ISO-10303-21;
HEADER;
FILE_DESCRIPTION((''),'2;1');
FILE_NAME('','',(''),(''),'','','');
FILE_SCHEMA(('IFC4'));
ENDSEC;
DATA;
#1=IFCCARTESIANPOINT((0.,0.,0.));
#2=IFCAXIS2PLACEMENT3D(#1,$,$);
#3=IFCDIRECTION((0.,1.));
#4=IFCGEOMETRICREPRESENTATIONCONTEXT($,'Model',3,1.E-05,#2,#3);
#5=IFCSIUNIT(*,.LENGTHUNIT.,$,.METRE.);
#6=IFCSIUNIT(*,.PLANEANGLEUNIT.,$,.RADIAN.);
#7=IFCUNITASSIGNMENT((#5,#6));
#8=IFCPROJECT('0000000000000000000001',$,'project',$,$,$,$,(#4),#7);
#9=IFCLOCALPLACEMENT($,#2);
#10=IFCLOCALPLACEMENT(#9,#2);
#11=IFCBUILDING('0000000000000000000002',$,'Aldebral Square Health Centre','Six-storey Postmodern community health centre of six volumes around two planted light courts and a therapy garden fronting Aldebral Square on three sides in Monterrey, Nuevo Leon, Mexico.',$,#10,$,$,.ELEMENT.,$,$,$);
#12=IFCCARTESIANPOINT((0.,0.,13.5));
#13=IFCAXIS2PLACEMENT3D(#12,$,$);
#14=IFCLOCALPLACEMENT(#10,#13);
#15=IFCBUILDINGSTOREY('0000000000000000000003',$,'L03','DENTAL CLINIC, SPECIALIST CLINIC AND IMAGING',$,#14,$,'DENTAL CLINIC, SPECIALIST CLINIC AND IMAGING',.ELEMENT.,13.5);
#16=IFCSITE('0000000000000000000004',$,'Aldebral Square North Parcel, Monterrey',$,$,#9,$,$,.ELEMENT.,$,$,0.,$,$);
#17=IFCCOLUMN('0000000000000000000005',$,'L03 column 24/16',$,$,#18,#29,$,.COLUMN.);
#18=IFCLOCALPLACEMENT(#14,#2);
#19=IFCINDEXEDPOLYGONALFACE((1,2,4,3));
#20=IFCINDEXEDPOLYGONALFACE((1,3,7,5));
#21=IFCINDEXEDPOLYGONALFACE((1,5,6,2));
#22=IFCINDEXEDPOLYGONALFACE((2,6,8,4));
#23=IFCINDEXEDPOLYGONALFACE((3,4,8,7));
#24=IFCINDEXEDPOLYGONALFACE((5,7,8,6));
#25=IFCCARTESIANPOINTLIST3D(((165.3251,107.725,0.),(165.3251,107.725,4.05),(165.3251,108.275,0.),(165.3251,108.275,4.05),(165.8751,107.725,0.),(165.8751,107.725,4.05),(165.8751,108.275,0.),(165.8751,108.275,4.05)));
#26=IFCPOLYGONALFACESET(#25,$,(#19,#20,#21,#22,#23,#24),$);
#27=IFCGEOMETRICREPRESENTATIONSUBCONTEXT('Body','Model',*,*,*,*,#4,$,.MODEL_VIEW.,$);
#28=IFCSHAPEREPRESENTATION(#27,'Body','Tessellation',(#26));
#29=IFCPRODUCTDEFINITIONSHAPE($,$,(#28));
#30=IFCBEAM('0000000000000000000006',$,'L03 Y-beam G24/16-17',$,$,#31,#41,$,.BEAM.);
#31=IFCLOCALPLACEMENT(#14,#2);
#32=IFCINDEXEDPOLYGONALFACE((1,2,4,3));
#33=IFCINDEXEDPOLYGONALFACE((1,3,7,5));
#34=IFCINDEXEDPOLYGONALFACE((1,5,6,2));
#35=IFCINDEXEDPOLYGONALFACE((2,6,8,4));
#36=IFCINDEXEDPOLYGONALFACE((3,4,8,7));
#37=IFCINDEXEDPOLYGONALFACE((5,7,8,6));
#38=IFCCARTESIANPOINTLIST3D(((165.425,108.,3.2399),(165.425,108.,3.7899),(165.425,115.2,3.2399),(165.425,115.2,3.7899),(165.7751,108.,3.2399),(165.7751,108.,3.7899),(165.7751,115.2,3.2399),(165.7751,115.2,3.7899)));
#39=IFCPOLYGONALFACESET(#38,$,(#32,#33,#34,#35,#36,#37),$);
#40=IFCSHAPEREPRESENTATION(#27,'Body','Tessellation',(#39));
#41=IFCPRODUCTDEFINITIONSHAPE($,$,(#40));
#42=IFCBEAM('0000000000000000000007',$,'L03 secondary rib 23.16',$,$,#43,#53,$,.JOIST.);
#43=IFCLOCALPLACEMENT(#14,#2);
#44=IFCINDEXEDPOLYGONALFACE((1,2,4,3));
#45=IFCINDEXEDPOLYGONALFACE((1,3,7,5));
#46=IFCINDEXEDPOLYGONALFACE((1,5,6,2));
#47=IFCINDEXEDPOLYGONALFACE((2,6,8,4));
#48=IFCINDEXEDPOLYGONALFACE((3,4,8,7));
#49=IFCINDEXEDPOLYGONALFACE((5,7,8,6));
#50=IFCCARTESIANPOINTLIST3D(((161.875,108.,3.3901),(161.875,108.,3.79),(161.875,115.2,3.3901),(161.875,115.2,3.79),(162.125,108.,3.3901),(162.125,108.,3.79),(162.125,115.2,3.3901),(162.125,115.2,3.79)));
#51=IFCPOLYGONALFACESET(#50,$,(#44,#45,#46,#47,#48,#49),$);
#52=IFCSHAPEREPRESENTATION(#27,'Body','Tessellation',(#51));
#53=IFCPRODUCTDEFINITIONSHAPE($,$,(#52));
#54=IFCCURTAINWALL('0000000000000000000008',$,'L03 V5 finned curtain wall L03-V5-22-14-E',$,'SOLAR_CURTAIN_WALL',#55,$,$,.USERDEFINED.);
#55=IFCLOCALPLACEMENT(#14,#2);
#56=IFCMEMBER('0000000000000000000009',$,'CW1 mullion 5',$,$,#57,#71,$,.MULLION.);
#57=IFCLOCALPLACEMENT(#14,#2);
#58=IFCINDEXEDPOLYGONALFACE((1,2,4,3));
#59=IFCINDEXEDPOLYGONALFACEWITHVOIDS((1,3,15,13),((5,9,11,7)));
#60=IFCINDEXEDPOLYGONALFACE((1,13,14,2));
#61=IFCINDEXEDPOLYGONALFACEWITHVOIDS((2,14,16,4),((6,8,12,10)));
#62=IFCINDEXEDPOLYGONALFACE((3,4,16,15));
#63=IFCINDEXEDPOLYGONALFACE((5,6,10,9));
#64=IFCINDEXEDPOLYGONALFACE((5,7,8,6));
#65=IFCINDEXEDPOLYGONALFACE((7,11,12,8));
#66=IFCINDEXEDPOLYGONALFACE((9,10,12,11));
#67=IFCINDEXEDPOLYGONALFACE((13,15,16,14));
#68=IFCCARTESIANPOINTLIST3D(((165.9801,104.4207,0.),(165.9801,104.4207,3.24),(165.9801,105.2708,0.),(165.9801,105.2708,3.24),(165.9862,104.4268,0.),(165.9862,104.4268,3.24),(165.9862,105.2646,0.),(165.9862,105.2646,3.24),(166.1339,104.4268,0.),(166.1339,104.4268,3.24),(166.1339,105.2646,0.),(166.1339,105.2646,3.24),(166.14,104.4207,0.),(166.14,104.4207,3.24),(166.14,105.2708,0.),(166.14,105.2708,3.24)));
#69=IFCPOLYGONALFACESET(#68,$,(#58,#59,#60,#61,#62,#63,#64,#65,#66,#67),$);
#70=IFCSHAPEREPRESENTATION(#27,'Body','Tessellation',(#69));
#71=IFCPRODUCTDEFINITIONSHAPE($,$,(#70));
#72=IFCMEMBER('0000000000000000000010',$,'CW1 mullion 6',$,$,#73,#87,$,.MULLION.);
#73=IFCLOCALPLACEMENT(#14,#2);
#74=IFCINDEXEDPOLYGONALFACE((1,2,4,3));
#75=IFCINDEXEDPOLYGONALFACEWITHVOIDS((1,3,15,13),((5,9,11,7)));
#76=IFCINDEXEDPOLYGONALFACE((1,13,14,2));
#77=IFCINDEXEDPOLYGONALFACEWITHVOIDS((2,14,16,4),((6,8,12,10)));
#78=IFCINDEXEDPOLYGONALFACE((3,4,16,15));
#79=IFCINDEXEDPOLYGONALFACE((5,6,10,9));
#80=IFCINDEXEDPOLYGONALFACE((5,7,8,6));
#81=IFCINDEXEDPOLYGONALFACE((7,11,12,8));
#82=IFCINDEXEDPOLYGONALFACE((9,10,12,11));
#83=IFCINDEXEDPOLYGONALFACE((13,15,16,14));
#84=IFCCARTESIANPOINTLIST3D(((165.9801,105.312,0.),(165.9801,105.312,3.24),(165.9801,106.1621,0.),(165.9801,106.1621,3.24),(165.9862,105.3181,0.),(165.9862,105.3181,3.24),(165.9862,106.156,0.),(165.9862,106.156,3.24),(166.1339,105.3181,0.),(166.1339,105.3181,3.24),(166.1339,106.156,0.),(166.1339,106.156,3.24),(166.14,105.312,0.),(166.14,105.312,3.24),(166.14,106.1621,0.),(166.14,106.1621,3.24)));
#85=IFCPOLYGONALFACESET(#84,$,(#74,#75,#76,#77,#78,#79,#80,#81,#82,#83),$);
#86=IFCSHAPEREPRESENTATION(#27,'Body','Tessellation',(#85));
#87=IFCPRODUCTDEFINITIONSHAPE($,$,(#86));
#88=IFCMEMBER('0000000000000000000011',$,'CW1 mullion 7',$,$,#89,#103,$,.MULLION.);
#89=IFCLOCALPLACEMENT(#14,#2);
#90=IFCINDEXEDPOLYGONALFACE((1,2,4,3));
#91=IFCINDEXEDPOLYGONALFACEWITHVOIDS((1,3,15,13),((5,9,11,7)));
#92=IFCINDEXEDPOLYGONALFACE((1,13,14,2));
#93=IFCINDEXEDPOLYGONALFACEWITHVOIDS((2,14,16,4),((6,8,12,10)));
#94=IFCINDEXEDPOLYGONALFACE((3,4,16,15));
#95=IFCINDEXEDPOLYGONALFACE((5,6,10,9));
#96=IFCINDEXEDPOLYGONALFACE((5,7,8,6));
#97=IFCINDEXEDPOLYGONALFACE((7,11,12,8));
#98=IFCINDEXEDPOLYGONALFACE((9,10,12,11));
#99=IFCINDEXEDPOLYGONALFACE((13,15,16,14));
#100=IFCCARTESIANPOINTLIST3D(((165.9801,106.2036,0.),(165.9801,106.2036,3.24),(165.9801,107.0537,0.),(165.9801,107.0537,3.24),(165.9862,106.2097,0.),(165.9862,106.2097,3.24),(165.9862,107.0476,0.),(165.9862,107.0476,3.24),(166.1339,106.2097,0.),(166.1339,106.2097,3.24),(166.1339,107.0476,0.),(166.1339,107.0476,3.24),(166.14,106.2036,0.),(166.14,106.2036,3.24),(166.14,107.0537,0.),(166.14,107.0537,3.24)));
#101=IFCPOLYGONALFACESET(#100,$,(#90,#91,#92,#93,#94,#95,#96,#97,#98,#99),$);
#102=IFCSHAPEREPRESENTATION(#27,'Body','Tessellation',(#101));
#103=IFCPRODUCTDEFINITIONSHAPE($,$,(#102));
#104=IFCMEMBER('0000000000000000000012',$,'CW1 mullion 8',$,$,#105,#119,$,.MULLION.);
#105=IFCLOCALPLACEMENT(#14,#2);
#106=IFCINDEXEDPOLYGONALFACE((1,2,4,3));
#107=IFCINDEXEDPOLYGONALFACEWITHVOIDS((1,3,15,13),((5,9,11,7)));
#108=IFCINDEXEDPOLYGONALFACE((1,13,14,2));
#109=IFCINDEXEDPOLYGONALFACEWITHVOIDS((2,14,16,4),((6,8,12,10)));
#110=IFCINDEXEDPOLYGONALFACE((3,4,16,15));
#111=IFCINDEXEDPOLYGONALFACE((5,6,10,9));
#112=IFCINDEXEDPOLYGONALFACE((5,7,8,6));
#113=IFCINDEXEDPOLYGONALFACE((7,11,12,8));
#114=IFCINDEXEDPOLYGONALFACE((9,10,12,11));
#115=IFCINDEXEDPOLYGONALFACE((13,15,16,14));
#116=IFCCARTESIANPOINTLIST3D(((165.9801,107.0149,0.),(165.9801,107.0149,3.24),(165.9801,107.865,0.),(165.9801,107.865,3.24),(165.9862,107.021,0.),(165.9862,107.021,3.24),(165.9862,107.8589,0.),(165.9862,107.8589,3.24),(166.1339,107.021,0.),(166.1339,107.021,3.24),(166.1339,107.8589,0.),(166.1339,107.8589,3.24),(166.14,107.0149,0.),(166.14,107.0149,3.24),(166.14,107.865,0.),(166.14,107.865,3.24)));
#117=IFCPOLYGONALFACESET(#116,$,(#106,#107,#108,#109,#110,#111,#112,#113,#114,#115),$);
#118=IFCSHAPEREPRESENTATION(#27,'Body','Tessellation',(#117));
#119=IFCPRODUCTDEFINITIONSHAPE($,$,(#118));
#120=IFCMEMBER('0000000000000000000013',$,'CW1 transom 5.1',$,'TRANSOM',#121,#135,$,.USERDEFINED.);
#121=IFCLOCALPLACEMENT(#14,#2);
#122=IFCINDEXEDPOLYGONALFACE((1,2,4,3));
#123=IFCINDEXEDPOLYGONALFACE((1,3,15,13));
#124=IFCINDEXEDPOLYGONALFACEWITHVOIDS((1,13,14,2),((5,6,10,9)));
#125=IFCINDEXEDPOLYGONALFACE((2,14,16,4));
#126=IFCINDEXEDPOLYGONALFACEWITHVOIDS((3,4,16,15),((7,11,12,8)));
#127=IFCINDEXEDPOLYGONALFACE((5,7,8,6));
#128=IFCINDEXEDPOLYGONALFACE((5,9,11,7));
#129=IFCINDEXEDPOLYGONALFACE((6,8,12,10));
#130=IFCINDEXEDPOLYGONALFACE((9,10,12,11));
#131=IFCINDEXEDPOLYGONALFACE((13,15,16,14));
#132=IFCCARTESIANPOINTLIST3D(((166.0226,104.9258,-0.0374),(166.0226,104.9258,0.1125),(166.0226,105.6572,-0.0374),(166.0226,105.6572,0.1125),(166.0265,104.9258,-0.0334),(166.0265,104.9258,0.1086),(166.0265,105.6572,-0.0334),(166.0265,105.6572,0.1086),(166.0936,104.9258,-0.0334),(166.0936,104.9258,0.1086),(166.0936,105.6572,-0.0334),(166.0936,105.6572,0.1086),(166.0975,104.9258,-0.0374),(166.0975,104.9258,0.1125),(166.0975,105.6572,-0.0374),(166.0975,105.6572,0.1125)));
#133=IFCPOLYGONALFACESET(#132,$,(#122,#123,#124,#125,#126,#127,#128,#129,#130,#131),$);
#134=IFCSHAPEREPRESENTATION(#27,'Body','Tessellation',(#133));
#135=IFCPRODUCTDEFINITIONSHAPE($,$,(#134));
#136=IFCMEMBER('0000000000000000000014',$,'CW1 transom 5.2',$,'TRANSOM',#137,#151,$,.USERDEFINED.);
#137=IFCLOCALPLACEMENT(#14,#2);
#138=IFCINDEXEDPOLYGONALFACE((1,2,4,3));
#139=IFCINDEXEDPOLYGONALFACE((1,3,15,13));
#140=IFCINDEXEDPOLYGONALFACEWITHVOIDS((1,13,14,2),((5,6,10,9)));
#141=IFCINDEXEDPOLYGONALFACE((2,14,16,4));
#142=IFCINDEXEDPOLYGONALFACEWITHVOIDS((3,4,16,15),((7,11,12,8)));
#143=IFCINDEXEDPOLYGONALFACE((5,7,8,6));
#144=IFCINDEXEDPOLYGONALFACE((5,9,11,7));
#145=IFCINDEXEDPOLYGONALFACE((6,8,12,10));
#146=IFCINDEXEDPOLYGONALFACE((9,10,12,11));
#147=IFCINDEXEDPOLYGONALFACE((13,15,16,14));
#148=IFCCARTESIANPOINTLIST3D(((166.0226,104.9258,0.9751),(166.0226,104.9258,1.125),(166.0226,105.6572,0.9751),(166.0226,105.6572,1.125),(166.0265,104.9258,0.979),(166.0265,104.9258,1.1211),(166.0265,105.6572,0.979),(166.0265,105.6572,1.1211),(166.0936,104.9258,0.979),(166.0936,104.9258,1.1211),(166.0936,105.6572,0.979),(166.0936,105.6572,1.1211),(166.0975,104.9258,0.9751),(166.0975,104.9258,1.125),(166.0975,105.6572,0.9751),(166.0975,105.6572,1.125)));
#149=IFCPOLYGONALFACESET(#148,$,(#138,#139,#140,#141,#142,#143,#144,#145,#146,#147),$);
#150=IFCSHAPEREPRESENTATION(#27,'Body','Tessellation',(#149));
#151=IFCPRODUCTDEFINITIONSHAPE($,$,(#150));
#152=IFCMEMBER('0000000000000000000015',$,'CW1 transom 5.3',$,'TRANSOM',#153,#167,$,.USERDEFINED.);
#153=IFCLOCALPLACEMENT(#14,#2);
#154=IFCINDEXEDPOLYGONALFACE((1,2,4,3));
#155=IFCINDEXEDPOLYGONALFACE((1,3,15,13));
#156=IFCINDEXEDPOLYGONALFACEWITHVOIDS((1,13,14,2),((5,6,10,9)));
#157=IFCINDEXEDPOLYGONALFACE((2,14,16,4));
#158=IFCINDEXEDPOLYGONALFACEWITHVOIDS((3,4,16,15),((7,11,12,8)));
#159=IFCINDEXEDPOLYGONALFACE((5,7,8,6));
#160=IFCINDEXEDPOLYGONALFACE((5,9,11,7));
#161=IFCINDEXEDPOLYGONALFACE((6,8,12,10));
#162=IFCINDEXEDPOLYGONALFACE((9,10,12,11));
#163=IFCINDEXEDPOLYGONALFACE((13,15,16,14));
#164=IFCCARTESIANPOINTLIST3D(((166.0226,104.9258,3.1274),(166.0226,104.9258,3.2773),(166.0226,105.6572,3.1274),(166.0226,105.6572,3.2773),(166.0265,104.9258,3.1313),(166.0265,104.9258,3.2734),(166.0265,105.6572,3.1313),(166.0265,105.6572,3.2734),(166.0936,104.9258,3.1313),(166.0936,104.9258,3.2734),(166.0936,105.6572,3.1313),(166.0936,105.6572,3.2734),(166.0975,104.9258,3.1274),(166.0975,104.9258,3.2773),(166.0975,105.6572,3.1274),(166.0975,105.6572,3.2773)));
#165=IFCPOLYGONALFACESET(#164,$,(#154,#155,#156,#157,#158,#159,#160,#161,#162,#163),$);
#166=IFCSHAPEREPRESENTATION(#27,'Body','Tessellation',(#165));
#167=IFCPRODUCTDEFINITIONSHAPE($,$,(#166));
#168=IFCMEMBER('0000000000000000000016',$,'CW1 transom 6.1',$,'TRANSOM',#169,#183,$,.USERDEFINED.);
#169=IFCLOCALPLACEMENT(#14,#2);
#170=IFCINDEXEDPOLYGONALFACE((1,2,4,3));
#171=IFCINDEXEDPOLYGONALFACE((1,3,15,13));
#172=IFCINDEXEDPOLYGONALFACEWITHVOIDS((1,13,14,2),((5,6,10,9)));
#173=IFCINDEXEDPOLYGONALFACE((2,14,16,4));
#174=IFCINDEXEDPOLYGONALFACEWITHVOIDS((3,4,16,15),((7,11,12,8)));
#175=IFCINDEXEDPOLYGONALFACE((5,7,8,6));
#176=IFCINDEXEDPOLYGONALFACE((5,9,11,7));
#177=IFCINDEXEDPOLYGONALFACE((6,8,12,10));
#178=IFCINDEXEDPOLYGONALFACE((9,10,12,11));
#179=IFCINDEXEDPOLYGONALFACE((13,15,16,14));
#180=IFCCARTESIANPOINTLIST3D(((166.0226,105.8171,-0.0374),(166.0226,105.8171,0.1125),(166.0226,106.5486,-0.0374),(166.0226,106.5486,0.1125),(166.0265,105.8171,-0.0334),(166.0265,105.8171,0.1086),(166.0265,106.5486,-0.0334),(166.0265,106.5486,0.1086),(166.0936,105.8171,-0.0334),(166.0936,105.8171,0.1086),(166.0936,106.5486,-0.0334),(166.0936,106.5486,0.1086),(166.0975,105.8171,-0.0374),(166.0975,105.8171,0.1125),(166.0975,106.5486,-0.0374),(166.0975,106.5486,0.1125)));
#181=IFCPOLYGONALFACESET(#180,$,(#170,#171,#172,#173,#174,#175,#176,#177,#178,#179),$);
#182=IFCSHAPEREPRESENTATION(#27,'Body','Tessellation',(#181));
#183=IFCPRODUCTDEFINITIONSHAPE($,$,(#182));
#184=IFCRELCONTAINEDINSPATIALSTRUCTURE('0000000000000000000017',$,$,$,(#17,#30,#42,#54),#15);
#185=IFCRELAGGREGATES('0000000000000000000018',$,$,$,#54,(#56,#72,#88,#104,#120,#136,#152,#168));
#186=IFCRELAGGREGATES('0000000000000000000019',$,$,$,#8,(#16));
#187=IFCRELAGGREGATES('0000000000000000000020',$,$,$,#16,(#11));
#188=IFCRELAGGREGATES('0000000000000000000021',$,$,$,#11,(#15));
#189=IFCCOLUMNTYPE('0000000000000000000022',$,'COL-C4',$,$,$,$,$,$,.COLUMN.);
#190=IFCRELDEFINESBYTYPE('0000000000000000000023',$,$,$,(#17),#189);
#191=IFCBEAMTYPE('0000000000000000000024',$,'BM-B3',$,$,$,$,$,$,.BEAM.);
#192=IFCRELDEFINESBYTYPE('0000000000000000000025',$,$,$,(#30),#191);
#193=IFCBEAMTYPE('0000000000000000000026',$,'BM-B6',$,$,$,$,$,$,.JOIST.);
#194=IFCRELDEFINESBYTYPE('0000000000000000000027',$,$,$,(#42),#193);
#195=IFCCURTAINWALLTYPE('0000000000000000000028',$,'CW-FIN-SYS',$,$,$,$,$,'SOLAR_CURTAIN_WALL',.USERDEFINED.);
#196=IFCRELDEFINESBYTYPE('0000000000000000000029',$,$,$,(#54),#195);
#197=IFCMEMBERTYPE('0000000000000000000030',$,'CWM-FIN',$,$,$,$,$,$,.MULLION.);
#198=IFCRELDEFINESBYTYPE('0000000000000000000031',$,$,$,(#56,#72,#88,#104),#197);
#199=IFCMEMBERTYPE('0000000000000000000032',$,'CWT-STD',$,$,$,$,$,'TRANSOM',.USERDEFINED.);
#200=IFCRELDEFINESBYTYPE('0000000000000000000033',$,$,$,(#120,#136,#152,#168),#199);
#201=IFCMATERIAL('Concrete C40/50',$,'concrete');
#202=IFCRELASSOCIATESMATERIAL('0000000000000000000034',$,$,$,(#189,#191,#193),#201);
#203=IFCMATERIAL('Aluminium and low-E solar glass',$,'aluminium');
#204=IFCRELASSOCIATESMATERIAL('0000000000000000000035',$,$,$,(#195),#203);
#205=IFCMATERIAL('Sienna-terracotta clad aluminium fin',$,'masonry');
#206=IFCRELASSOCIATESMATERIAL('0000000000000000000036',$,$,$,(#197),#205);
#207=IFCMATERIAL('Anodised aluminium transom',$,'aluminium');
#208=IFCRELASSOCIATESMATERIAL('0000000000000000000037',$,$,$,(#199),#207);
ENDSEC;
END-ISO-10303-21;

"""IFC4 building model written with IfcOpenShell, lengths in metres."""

from ifc_helpers import new_model, si_unit, direction, frame, origin, origin_2d, place, context, subcontext, project, spatial, rectangle, hollow_rectangle, extrude, material, material_profile, profile_set, type_object, element, aggregate, save


model = new_model("IFC4")

# Units and contexts
model_context = context("Model", 3, precision=1e-05, world=origin(), true_north=direction((0.0, 1.0)))
body_context = subcontext(model_context, "Body", "Model", "MODEL_VIEW")
ifc_project = project(units=[si_unit("LENGTHUNIT", "METRE"), si_unit("PLANEANGLEUNIT", "RADIAN")], contexts=[model_context])

# Site, building, storey
site_placement = place(None, origin())
site = spatial("IfcSite", under=ifc_project, at=site_placement, Name="Aldebral Square North Parcel, Monterrey", CompositionType="ELEMENT", RefElevation=0.0)
building_placement = place(site_placement, origin())
building = spatial("IfcBuilding", under=site, at=building_placement, Name="Aldebral Square Health Centre", Description="Six-storey Postmodern community health centre of six volumes around two planted light courts and a therapy garden fronting Aldebral Square on three sides in Monterrey, Nuevo Leon, Mexico.", CompositionType="ELEMENT")
storey_placement = place(building_placement, frame((0.0, 0.0, 13.5)))
storey = spatial("IfcBuildingStorey", under=building, at=storey_placement, Name="L03", Description="DENTAL CLINIC, SPECIALIST CLINIC AND IMAGING", LongName="DENTAL CLINIC, SPECIALIST CLINIC AND IMAGING", CompositionType="ELEMENT", Elevation=13.5)

# Column
ifc_material_1 = material(Name="Concrete C40/50", Category="concrete")
ifc_material_profile_1 = material_profile(ifc_material_1, rectangle(XDim=0.55, YDim=0.55, at=origin_2d()), Name="RC 550x550")
ifc_profile_set_1 = profile_set([ifc_material_profile_1], Name="Concrete C40/50")
column_type = type_object("IfcColumnType", Name="COL-C4", PredefinedType="COLUMN", material=ifc_profile_set_1)
column_placement = place(storey_placement, frame((165.6001, 108.0, 0.0), z_axis=(0.0, 0.0, 1.0), x_axis=(1.0, 0.0, 0.0)))
element("IfcColumn", 1, at=column_placement, inside=storey, type_object=column_type, Name="L03 column 24/16", PredefinedType="COLUMN", context=body_context, shape_type="SweptSolid", body=[
    extrude(rectangle(XDim=0.55, YDim=0.55, at=origin_2d()), origin(), (0.0, 0.0, 1.0), 4.05),
])

# Beams
ifc_material_profile_2 = material_profile(ifc_material_1, rectangle(XDim=0.3501, YDim=0.55, at=origin_2d()), Name="RC 350x550")
ifc_profile_set_2 = profile_set([ifc_material_profile_2], Name="Concrete C40/50")
beam_type_1 = type_object("IfcBeamType", Name="BM-B3", PredefinedType="BEAM", material=ifc_profile_set_2)
beam_1_placement = place(storey_placement, frame((165.6001, 108.0, 3.5149), z_axis=(0.0, 1.0, 0.0), x_axis=(-1.0, 0.0, 0.0)))
element("IfcBeam", 2, at=beam_1_placement, inside=storey, type_object=beam_type_1, Name="L03 Y-beam G24/16-17", PredefinedType="BEAM", context=body_context, shape_type="SweptSolid", body=[
    extrude(rectangle(XDim=0.3501, YDim=0.55, at=origin_2d()), origin(), (0.0, 0.0, 1.0), 7.2),
])
ifc_material_profile_3 = material_profile(ifc_material_1, rectangle(XDim=0.25, YDim=0.3999, at=origin_2d()), Name="RC 250x400")
ifc_profile_set_3 = profile_set([ifc_material_profile_3], Name="Concrete C40/50")
beam_type_2 = type_object("IfcBeamType", Name="BM-B6", PredefinedType="JOIST", material=ifc_profile_set_3)
beam_2_placement = place(storey_placement, frame((162.0, 108.0, 3.5901), z_axis=(0.0, 1.0, 0.0), x_axis=(-1.0, 0.0, 0.0)))
element("IfcBeam", 3, at=beam_2_placement, inside=storey, type_object=beam_type_2, Name="L03 secondary rib 23.16", PredefinedType="JOIST", context=body_context, shape_type="SweptSolid", body=[
    extrude(rectangle(XDim=0.25, YDim=0.3999, at=origin_2d()), origin(), (0.0, 0.0, 1.0), 7.2),
])

# Curtain wall, members
ifc_material_2 = material(Name="Aluminium and low-E solar glass", Category="aluminium")
curtain_wall_type = type_object("IfcCurtainWallType", Name="CW-FIN-SYS", ElementType="SOLAR_CURTAIN_WALL", PredefinedType="USERDEFINED", material=ifc_material_2)
curtain_wall_placement = place(storey_placement, origin())
curtain_wall = element("IfcCurtainWall", 4, at=curtain_wall_placement, inside=storey, type_object=curtain_wall_type, Name="L03 V5 finned curtain wall L03-V5-22-14-E", ObjectType="SOLAR_CURTAIN_WALL", PredefinedType="USERDEFINED")
ifc_material_3 = material(Name="Sienna-terracotta clad aluminium fin", Category="masonry")
ifc_material_profile_4 = material_profile(ifc_material_3, hollow_rectangle(XDim=0.1599, YDim=0.8501, WallThickness=0.0061, at=origin_2d()), Name="FIN 160x850x6")
ifc_profile_set_4 = profile_set([ifc_material_profile_4], Name="Sienna-terracotta clad aluminium fin")
member_type_1 = type_object("IfcMemberType", Name="CWM-FIN", PredefinedType="MULLION", material=ifc_profile_set_4)
member_1_placement = place(storey_placement, frame((166.0601, 104.8457, 0.0), z_axis=(0.0, 0.0, 1.0), x_axis=(-1.0, 0.0, 0.0)))
member_1 = element("IfcMember", 5, at=member_1_placement, type_object=member_type_1, Name="CW1 mullion 5", PredefinedType="MULLION", context=body_context, shape_type="SweptSolid", body=[
    extrude(hollow_rectangle(XDim=0.1599, YDim=0.8501, WallThickness=0.0061, at=origin_2d()), origin(), (0.0, 0.0, 1.0), 3.24),
])
member_2_placement = place(storey_placement, frame((166.0601, 105.7371, 0.0), z_axis=(0.0, 0.0, 1.0), x_axis=(-1.0, 0.0, 0.0)))
member_2 = element("IfcMember", 6, at=member_2_placement, type_object=member_type_1, Name="CW1 mullion 6", PredefinedType="MULLION", context=body_context, shape_type="SweptSolid", body=[
    extrude(hollow_rectangle(XDim=0.1599, YDim=0.8501, WallThickness=0.0061, at=origin_2d()), origin(), (0.0, 0.0, 1.0), 3.24),
])
member_3_placement = place(storey_placement, frame((166.0601, 106.6287, 0.0), z_axis=(0.0, 0.0, 1.0), x_axis=(-1.0, 0.0, 0.0)))
member_3 = element("IfcMember", 7, at=member_3_placement, type_object=member_type_1, Name="CW1 mullion 7", PredefinedType="MULLION", context=body_context, shape_type="SweptSolid", body=[
    extrude(hollow_rectangle(XDim=0.1599, YDim=0.8501, WallThickness=0.0061, at=origin_2d()), origin(), (0.0, 0.0, 1.0), 3.24),
])
member_4_placement = place(storey_placement, frame((166.0601, 107.4399, 0.0), z_axis=(0.0, 0.0, 1.0), x_axis=(-1.0, 0.0, 0.0)))
member_4 = element("IfcMember", 8, at=member_4_placement, type_object=member_type_1, Name="CW1 mullion 8", PredefinedType="MULLION", context=body_context, shape_type="SweptSolid", body=[
    extrude(hollow_rectangle(XDim=0.1599, YDim=0.8501, WallThickness=0.0061, at=origin_2d()), origin(), (0.0, 0.0, 1.0), 3.24),
])
ifc_material_4 = material(Name="Anodised aluminium transom", Category="aluminium")
ifc_material_profile_5 = material_profile(ifc_material_4, hollow_rectangle(XDim=0.075, YDim=0.1499, WallThickness=0.0039, at=origin_2d()), Name="CWT 75x150x4")
ifc_profile_set_5 = profile_set([ifc_material_profile_5], Name="Anodised aluminium transom")
member_type_2 = type_object("IfcMemberType", Name="CWT-STD", ElementType="TRANSOM", PredefinedType="USERDEFINED", material=ifc_profile_set_5)
member_5_placement = place(storey_placement, frame((166.0601, 104.9258, 0.0376), z_axis=(0.0, 1.0, 0.0), x_axis=(-1.0, 0.0, 0.0)))
member_5 = element("IfcMember", 9, at=member_5_placement, type_object=member_type_2, Name="CW1 transom 5.1", ObjectType="TRANSOM", PredefinedType="USERDEFINED", context=body_context, shape_type="SweptSolid", body=[
    extrude(hollow_rectangle(XDim=0.075, YDim=0.1499, WallThickness=0.0039, at=origin_2d()), origin(), (0.0, 0.0, 1.0), 0.7314),
])
member_6_placement = place(storey_placement, frame((166.0601, 104.9258, 1.05), z_axis=(0.0, 1.0, 0.0), x_axis=(-1.0, 0.0, 0.0)))
member_6 = element("IfcMember", 10, at=member_6_placement, type_object=member_type_2, Name="CW1 transom 5.2", ObjectType="TRANSOM", PredefinedType="USERDEFINED", context=body_context, shape_type="SweptSolid", body=[
    extrude(hollow_rectangle(XDim=0.075, YDim=0.1499, WallThickness=0.0039, at=origin_2d()), origin(), (0.0, 0.0, 1.0), 0.7314),
])
member_7_placement = place(storey_placement, frame((166.0601, 104.9258, 3.2024), z_axis=(0.0, 1.0, 0.0), x_axis=(-1.0, 0.0, 0.0)))
member_7 = element("IfcMember", 11, at=member_7_placement, type_object=member_type_2, Name="CW1 transom 5.3", ObjectType="TRANSOM", PredefinedType="USERDEFINED", context=body_context, shape_type="SweptSolid", body=[
    extrude(hollow_rectangle(XDim=0.075, YDim=0.1499, WallThickness=0.0039, at=origin_2d()), origin(), (0.0, 0.0, 1.0), 0.7314),
])
member_8_placement = place(storey_placement, frame((166.0601, 105.8171, 0.0376), z_axis=(0.0, 1.0, 0.0), x_axis=(-1.0, 0.0, 0.0)))
member_8 = element("IfcMember", 12, at=member_8_placement, type_object=member_type_2, Name="CW1 transom 6.1", ObjectType="TRANSOM", PredefinedType="USERDEFINED", context=body_context, shape_type="SweptSolid", body=[
    extrude(hollow_rectangle(XDim=0.075, YDim=0.1499, WallThickness=0.0039, at=origin_2d()), origin(), (0.0, 0.0, 1.0), 0.7314),
])
aggregate(curtain_wall, [member_1, member_2, member_3, member_4, member_5, member_6, member_7, member_8])

save(model, "model.ifc")
